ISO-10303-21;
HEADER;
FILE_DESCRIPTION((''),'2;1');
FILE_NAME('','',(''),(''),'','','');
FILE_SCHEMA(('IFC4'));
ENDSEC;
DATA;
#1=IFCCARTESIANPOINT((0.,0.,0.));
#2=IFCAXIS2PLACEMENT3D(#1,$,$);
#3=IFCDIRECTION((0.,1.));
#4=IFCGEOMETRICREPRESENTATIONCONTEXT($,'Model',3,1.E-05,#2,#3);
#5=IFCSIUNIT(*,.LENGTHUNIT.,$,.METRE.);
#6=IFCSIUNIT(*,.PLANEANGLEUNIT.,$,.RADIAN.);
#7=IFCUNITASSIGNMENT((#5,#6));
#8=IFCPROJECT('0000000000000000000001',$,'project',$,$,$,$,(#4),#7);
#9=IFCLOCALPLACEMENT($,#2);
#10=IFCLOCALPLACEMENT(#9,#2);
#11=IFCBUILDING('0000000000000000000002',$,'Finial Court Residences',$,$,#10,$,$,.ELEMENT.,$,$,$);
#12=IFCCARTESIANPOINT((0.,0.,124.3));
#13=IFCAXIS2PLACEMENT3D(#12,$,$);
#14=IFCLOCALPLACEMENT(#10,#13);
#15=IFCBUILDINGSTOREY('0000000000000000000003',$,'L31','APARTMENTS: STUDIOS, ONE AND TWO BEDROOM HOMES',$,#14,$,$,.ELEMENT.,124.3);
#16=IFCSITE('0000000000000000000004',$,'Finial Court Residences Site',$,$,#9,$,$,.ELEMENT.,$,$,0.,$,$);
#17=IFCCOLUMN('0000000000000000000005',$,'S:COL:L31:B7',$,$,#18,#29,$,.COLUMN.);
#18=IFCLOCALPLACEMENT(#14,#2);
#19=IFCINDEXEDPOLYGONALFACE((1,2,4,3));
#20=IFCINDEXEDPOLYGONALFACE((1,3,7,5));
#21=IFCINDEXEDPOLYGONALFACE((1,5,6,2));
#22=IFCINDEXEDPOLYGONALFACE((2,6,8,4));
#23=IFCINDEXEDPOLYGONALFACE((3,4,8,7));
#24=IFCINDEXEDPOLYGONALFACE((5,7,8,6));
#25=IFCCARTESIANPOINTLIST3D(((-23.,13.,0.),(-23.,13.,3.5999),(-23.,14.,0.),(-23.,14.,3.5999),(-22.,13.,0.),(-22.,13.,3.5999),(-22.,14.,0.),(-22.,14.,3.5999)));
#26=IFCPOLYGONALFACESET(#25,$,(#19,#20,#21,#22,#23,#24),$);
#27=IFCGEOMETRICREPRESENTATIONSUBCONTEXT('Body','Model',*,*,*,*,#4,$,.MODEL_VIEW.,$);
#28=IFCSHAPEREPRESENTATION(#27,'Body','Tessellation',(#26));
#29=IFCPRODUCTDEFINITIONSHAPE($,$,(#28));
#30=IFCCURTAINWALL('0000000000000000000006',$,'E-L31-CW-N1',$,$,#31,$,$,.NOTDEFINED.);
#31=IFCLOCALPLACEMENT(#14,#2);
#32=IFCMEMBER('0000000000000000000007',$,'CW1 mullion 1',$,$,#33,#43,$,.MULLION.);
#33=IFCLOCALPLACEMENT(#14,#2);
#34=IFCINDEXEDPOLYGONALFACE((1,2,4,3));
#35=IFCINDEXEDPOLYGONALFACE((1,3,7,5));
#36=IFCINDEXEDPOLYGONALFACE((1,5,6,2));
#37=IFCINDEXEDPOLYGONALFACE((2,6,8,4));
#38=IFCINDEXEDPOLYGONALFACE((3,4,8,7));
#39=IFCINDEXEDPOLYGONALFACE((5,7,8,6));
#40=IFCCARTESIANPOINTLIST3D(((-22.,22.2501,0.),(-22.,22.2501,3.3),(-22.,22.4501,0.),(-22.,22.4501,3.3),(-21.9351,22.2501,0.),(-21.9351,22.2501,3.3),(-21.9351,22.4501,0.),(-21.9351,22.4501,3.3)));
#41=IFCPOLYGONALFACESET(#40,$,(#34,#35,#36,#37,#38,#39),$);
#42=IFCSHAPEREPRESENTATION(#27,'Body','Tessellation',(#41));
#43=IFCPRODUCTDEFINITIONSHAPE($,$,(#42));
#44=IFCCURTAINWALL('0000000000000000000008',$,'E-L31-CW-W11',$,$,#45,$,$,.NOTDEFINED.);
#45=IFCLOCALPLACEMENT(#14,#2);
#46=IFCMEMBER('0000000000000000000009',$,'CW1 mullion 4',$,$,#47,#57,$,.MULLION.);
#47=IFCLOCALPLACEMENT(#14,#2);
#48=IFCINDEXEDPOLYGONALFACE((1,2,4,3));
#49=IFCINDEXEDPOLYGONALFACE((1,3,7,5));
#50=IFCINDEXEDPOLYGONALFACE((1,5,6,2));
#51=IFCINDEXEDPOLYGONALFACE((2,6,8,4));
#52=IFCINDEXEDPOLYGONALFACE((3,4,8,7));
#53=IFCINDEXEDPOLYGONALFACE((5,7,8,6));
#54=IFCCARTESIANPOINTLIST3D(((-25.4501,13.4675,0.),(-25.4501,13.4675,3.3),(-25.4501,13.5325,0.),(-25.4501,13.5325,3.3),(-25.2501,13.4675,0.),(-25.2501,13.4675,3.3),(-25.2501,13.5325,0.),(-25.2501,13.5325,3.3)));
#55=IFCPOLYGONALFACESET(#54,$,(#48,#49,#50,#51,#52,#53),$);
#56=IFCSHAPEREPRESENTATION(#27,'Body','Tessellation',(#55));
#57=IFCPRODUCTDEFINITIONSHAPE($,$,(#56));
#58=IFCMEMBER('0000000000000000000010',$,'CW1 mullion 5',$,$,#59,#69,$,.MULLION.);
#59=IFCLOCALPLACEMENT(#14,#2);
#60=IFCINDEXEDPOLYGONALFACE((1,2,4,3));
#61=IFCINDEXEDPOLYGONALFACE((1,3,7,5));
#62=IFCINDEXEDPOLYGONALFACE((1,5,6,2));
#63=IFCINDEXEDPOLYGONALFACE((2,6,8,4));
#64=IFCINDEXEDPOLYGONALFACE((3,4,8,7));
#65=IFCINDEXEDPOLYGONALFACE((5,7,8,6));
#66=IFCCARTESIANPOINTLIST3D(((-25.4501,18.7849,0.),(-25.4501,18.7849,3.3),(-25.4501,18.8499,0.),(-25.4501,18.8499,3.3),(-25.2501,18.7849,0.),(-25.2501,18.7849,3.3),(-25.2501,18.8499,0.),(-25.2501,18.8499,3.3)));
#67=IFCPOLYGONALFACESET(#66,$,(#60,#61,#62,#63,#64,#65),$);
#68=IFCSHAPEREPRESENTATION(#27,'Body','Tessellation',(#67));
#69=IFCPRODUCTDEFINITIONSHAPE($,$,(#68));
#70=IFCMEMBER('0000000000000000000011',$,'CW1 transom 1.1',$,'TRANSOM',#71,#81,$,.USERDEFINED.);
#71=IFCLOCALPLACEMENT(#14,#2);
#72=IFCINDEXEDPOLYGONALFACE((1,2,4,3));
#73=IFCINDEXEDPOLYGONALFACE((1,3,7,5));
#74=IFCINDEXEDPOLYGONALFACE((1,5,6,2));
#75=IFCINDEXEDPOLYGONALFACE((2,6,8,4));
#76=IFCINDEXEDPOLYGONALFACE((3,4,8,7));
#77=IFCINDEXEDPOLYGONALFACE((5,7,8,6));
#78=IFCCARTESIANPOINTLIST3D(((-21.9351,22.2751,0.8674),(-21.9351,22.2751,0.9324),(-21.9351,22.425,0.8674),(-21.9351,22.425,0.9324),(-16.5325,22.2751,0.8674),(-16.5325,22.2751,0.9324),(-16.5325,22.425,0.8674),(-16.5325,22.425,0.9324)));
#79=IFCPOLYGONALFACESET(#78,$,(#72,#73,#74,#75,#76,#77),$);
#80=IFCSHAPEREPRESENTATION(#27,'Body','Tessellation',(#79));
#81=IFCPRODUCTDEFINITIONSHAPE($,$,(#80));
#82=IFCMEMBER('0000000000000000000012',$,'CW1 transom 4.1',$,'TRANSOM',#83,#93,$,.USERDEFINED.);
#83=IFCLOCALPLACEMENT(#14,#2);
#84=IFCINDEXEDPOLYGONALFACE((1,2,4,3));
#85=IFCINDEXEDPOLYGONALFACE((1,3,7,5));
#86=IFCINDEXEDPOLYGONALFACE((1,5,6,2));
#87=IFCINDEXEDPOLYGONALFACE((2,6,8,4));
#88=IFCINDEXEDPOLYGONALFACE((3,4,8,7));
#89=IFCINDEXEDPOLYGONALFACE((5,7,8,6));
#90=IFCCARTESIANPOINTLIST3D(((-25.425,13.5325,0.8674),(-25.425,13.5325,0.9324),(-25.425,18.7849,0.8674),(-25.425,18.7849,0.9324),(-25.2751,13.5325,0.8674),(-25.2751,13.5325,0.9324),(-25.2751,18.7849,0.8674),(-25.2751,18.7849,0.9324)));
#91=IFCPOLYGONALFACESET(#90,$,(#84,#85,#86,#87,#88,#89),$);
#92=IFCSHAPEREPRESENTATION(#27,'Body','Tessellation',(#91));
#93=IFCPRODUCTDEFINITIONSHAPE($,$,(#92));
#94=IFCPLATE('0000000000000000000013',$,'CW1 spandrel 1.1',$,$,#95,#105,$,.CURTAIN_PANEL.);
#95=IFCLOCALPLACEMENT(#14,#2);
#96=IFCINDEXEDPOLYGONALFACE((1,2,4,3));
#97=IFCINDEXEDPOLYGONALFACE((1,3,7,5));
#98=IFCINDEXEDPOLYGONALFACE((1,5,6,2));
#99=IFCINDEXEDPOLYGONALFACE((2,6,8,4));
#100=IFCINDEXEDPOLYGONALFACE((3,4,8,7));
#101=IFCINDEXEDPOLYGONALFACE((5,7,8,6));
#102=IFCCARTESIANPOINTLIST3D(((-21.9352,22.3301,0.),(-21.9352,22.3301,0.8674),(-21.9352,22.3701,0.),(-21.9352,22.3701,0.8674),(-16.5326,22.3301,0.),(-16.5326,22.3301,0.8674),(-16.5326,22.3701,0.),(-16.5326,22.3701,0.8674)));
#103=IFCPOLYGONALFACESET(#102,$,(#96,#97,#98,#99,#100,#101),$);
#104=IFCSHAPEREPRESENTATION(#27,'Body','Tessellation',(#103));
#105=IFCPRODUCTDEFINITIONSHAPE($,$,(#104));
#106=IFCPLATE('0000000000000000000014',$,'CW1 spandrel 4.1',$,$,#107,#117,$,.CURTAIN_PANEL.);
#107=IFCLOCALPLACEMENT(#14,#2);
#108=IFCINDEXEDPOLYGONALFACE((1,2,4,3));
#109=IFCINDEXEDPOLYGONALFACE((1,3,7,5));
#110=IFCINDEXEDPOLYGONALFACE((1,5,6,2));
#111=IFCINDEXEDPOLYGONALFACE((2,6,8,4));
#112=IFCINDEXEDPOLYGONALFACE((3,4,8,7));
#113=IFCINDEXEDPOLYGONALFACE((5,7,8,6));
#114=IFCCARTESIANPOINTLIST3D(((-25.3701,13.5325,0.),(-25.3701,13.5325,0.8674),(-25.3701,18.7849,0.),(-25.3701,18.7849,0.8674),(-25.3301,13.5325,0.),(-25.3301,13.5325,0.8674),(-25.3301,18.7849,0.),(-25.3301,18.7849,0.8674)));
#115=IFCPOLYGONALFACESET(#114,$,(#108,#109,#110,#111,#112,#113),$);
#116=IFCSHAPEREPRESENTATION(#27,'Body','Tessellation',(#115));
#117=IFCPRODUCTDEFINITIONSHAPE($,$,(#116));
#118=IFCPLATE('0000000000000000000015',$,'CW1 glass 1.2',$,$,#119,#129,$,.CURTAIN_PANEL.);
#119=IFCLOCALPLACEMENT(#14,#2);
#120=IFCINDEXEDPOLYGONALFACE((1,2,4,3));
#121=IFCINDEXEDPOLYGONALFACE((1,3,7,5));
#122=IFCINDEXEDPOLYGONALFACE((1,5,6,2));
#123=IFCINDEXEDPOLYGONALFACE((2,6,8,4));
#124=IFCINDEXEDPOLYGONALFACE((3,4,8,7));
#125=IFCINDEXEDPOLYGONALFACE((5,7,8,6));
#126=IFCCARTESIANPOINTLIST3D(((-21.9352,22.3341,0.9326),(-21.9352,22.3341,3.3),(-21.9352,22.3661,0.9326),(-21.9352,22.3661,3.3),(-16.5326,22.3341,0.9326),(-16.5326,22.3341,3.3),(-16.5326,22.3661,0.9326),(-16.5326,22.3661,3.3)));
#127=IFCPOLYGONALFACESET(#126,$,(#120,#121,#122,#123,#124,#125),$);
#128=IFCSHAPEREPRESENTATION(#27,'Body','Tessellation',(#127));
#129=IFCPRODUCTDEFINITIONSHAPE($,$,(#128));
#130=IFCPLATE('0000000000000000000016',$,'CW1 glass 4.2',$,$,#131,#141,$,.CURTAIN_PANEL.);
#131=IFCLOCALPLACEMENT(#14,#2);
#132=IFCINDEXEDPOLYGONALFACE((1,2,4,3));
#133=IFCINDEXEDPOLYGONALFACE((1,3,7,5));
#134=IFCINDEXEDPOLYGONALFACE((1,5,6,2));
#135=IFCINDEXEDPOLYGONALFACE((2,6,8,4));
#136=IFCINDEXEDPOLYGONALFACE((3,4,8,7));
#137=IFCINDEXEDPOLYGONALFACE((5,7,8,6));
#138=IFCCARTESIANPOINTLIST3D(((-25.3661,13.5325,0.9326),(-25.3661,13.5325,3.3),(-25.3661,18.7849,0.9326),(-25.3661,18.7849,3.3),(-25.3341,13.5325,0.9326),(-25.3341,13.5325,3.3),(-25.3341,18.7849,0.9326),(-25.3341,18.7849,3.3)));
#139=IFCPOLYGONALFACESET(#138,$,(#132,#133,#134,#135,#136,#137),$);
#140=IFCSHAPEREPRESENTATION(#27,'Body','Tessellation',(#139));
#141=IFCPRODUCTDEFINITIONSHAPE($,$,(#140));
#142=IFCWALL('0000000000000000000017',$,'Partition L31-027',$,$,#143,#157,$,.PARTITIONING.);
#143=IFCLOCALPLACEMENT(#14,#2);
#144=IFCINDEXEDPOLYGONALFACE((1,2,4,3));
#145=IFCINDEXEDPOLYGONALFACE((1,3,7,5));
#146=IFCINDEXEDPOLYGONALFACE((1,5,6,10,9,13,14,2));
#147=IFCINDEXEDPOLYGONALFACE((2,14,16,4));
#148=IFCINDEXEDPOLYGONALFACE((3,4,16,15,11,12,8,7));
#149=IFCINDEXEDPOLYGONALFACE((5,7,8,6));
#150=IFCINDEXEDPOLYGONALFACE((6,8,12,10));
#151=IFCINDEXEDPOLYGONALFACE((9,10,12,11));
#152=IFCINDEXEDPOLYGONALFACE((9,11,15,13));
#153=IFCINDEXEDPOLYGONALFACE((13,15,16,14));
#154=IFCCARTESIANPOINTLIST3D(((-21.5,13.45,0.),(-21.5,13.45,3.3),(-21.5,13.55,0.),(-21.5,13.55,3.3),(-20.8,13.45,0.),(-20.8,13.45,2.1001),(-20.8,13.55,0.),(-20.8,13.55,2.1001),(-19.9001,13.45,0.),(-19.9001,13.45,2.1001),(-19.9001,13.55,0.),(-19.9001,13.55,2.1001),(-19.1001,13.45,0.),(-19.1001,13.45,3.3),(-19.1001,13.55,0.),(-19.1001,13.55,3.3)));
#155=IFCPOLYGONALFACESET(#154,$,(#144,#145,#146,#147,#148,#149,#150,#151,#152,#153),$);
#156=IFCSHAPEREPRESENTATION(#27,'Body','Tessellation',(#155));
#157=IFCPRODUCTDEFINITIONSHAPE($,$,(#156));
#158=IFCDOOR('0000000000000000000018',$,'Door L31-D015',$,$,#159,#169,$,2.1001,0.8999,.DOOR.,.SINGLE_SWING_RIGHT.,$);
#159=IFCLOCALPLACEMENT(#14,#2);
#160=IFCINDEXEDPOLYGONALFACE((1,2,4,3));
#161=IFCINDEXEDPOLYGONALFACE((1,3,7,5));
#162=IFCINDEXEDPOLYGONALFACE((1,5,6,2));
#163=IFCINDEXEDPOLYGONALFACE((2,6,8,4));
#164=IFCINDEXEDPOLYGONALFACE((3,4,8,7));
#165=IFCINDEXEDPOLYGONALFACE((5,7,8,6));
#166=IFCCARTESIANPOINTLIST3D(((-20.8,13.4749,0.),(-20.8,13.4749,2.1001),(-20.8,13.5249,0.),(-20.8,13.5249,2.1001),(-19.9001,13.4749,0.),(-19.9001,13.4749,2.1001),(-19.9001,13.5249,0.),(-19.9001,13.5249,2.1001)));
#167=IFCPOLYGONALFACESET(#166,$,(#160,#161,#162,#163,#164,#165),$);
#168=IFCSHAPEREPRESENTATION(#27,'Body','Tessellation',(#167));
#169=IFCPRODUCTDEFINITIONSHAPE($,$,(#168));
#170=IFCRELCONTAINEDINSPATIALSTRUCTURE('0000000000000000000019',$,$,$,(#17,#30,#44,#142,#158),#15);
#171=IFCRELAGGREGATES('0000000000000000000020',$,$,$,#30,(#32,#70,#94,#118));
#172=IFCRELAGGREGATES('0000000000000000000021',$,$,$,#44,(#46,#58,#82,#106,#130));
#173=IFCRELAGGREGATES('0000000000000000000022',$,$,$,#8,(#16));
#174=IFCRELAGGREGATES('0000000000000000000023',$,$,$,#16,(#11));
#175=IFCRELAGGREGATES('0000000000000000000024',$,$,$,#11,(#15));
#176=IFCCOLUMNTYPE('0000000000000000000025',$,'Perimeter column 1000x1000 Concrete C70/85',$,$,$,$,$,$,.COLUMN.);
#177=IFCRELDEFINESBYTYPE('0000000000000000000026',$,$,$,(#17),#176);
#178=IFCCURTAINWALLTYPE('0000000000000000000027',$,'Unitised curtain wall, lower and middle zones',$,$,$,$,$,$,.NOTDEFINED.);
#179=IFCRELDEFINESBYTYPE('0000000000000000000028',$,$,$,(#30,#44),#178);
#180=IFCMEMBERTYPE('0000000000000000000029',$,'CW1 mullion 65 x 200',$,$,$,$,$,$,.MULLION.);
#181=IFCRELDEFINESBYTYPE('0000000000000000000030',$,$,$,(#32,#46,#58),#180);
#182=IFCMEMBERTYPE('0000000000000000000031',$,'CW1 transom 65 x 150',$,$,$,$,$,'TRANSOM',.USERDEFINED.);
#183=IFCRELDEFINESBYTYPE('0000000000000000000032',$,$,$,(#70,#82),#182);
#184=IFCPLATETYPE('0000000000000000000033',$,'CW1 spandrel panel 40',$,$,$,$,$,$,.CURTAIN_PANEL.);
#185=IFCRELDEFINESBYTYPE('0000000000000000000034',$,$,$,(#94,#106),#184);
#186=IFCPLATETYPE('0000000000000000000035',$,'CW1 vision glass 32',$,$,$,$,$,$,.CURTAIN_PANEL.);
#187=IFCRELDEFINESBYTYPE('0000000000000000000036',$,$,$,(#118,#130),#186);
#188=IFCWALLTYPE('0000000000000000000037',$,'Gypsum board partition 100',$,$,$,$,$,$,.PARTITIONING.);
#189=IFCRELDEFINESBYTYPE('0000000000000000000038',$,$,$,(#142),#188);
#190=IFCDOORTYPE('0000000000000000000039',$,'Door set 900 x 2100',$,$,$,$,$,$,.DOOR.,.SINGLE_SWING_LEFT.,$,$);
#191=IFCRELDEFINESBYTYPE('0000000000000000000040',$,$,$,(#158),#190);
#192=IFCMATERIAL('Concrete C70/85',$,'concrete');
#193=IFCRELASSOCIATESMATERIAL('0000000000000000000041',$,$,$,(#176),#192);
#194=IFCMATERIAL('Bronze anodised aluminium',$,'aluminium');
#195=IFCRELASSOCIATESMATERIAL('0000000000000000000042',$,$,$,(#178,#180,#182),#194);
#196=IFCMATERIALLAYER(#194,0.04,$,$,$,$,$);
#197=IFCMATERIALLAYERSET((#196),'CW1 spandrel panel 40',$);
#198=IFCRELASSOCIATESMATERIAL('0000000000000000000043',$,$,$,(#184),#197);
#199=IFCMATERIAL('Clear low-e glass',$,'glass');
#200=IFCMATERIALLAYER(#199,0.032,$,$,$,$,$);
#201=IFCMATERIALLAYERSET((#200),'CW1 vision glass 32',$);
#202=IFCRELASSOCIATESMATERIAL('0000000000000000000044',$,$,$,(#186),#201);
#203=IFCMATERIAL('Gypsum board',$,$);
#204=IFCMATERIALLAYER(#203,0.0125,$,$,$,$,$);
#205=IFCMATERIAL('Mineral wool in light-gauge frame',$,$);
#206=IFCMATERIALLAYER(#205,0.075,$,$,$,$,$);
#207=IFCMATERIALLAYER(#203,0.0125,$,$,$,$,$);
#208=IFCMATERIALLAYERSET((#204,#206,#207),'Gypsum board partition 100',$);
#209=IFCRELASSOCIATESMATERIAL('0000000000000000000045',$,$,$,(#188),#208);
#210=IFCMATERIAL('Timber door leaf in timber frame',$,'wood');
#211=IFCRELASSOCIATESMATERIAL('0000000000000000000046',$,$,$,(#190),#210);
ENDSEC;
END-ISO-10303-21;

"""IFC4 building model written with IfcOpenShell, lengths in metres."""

from ifc_helpers import new_model, si_unit, direction, frame, frame_2d, origin, origin_2d, place, context, subcontext, project, spatial, rectangle, extrude, material, layer, layer_set, material_profile, profile_set, type_object, element, fill, aggregate, save


model = new_model("IFC4")

# Units and contexts
model_context = context("Model", 3, precision=1e-05, world=origin(), true_north=direction((0.0, 1.0)))
body_context = subcontext(model_context, "Body", "Model", "MODEL_VIEW")
ifc_project = project(units=[si_unit("LENGTHUNIT", "METRE"), si_unit("PLANEANGLEUNIT", "RADIAN")], contexts=[model_context])

# Site, building, storey
site_placement = place(None, origin())
site = spatial("IfcSite", under=ifc_project, at=site_placement, Name="Finial Court Residences Site", CompositionType="ELEMENT", RefElevation=0.0)
building_placement = place(site_placement, origin())
building = spatial("IfcBuilding", under=site, at=building_placement, Name="Finial Court Residences", CompositionType="ELEMENT")
storey_placement = place(building_placement, frame((0.0, 0.0, 124.3)))
storey = spatial("IfcBuildingStorey", under=building, at=storey_placement, Name="L31", Description="APARTMENTS: STUDIOS, ONE AND TWO BEDROOM HOMES", CompositionType="ELEMENT", Elevation=124.3)

# Column
ifc_material_1 = material(Name="Concrete C70/85", Category="concrete")
ifc_material_profile_1 = material_profile(ifc_material_1, rectangle(XDim=1.0, YDim=1.0, at=origin_2d()), Name="1000x1000")
ifc_profile_set_1 = profile_set([ifc_material_profile_1], Name="Concrete C70/85")
column_type = type_object("IfcColumnType", Name="Perimeter column 1000x1000 Concrete C70/85", PredefinedType="COLUMN", material=ifc_profile_set_1)
column_placement = place(storey_placement, frame((-22.5, 13.5, 0.0), z_axis=(0.0, 0.0, 1.0), x_axis=(1.0, 0.0, 0.0)))
element("IfcColumn", 1, at=column_placement, inside=storey, type_object=column_type, Name="S:COL:L31:B7", PredefinedType="COLUMN", context=body_context, shape_type="SweptSolid", body=[
    extrude(rectangle(XDim=1.0, YDim=1.0, at=origin_2d()), origin(), (0.0, 0.0, 1.0), 3.5999),
])

# Curtain wall, member
ifc_material_2 = material(Name="Bronze anodised aluminium", Category="aluminium")
curtain_wall_type = type_object("IfcCurtainWallType", Name="Unitised curtain wall, lower and middle zones", PredefinedType="NOTDEFINED", material=ifc_material_2)
curtain_wall_1_placement = place(storey_placement, origin())
curtain_wall_1 = element("IfcCurtainWall", 2, at=curtain_wall_1_placement, inside=storey, type_object=curtain_wall_type, Name="E-L31-CW-N1", PredefinedType="NOTDEFINED")
ifc_material_profile_2 = material_profile(ifc_material_2, rectangle(XDim=0.2, YDim=0.0649, at=origin_2d()), Name="CW1 mullion 65 x 200")
ifc_profile_set_2 = profile_set([ifc_material_profile_2], Name="Bronze anodised aluminium")
member_type_1 = type_object("IfcMemberType", Name="CW1 mullion 65 x 200", PredefinedType="MULLION", material=ifc_profile_set_2)
member_1_placement = place(storey_placement, frame((-21.9675, 22.3501, 0.0), z_axis=(0.0, 0.0, 1.0), x_axis=(0.0, 1.0, 0.0)))
member_1 = element("IfcMember", 3, at=member_1_placement, type_object=member_type_1, Name="CW1 mullion 1", PredefinedType="MULLION", context=body_context, shape_type="SweptSolid", body=[
    extrude(rectangle(XDim=0.2, YDim=0.0649, at=origin_2d()), origin(), (0.0, 0.0, 1.0), 3.3),
])

# Curtain wall, members
curtain_wall_2_placement = place(storey_placement, origin())
curtain_wall_2 = element("IfcCurtainWall", 4, at=curtain_wall_2_placement, inside=storey, type_object=curtain_wall_type, Name="E-L31-CW-W11", PredefinedType="NOTDEFINED")
member_2_placement = place(storey_placement, frame((-25.3501, 13.5, 0.0), z_axis=(0.0, 0.0, 1.0), x_axis=(-1.0, 0.0, 0.0)))
member_2 = element("IfcMember", 5, at=member_2_placement, type_object=member_type_1, Name="CW1 mullion 4", PredefinedType="MULLION", context=body_context, shape_type="SweptSolid", body=[
    extrude(rectangle(XDim=0.2, YDim=0.0649, at=origin_2d()), origin(), (0.0, 0.0, 1.0), 3.3),
])
member_3_placement = place(storey_placement, frame((-25.3501, 18.8174, 0.0), z_axis=(0.0, 0.0, 1.0), x_axis=(-1.0, 0.0, 0.0)))
member_3 = element("IfcMember", 6, at=member_3_placement, type_object=member_type_1, Name="CW1 mullion 5", PredefinedType="MULLION", context=body_context, shape_type="SweptSolid", body=[
    extrude(rectangle(XDim=0.2, YDim=0.0649, at=origin_2d()), origin(), (0.0, 0.0, 1.0), 3.3),
])

# Members
ifc_material_profile_3 = material_profile(ifc_material_2, rectangle(XDim=0.1499, YDim=0.0649, at=origin_2d()), Name="CW1 transom 65 x 150")
ifc_profile_set_3 = profile_set([ifc_material_profile_3], Name="Bronze anodised aluminium")
member_type_2 = type_object("IfcMemberType", Name="CW1 transom 65 x 150", ElementType="TRANSOM", PredefinedType="USERDEFINED", material=ifc_profile_set_3)
member_4_placement = place(storey_placement, frame((-21.9351, 22.3501, 0.8999), z_axis=(1.0, 0.0, 0.0), x_axis=(0.0, 1.0, 0.0)))
member_4 = element("IfcMember", 7, at=member_4_placement, type_object=member_type_2, Name="CW1 transom 1.1", ObjectType="TRANSOM", PredefinedType="USERDEFINED", context=body_context, shape_type="SweptSolid", body=[
    extrude(rectangle(XDim=0.1499, YDim=0.0649, at=origin_2d()), origin(), (0.0, 0.0, 1.0), 5.4026),
])
member_5_placement = place(storey_placement, frame((-25.3501, 13.5325, 0.8999), z_axis=(0.0, 1.0, 0.0), x_axis=(-1.0, 0.0, 0.0)))
member_5 = element("IfcMember", 8, at=member_5_placement, type_object=member_type_2, Name="CW1 transom 4.1", ObjectType="TRANSOM", PredefinedType="USERDEFINED", context=body_context, shape_type="SweptSolid", body=[
    extrude(rectangle(XDim=0.1499, YDim=0.0649, at=origin_2d()), origin(), (0.0, 0.0, 1.0), 5.2524),
])

# Plates
ifc_layer_1 = layer(ifc_material_2, 0.04)
ifc_layer_set_1 = layer_set([ifc_layer_1], Name="CW1 spandrel panel 40")
plate_type_1 = type_object("IfcPlateType", Name="CW1 spandrel panel 40", PredefinedType="CURTAIN_PANEL", material=ifc_layer_set_1)
plate_1_placement = place(storey_placement, frame((-19.2339, 22.3501, 0.0), z_axis=(0.0, 0.0, 1.0), x_axis=(1.0, 0.0, 0.0)))
plate_1 = element("IfcPlate", 9, at=plate_1_placement, type_object=plate_type_1, Name="CW1 spandrel 1.1", PredefinedType="CURTAIN_PANEL", context=body_context, shape_type="SweptSolid", body=[
    extrude(rectangle(XDim=5.4026, YDim=0.04, at=origin_2d()), origin(), (0.0, 0.0, 1.0), 0.8674),
])
plate_2_placement = place(storey_placement, frame((-25.3501, 16.1587, 0.0), z_axis=(0.0, 0.0, 1.0), x_axis=(0.0, 1.0, 0.0)))
plate_2 = element("IfcPlate", 10, at=plate_2_placement, type_object=plate_type_1, Name="CW1 spandrel 4.1", PredefinedType="CURTAIN_PANEL", context=body_context, shape_type="SweptSolid", body=[
    extrude(rectangle(XDim=5.2524, YDim=0.04, at=origin_2d()), origin(), (0.0, 0.0, 1.0), 0.8674),
])
ifc_material_3 = material(Name="Clear low-e glass", Category="glass")
ifc_layer_2 = layer(ifc_material_3, 0.032)
ifc_layer_set_2 = layer_set([ifc_layer_2], Name="CW1 vision glass 32")
plate_type_2 = type_object("IfcPlateType", Name="CW1 vision glass 32", PredefinedType="CURTAIN_PANEL", material=ifc_layer_set_2)
plate_3_placement = place(storey_placement, frame((-19.2339, 22.3501, 0.9326), z_axis=(0.0, 0.0, 1.0), x_axis=(1.0, 0.0, 0.0)))
plate_3 = element("IfcPlate", 11, at=plate_3_placement, type_object=plate_type_2, Name="CW1 glass 1.2", PredefinedType="CURTAIN_PANEL", context=body_context, shape_type="SweptSolid", body=[
    extrude(rectangle(XDim=5.4026, YDim=0.032, at=origin_2d()), origin(), (0.0, 0.0, 1.0), 2.3674),
])
aggregate(curtain_wall_1, [member_1, member_4, plate_1, plate_3])
plate_4_placement = place(storey_placement, frame((-25.3501, 16.1587, 0.9326), z_axis=(0.0, 0.0, 1.0), x_axis=(0.0, 1.0, 0.0)))
plate_4 = element("IfcPlate", 12, at=plate_4_placement, type_object=plate_type_2, Name="CW1 glass 4.2", PredefinedType="CURTAIN_PANEL", context=body_context, shape_type="SweptSolid", body=[
    extrude(rectangle(XDim=5.2524, YDim=0.032, at=origin_2d()), origin(), (0.0, 0.0, 1.0), 2.3674),
])
aggregate(curtain_wall_2, [member_2, member_3, member_5, plate_2, plate_4])

# Wall, opening, door
ifc_material_4 = material(Name="Gypsum board")
ifc_layer_3 = layer(ifc_material_4, 0.0125)
ifc_material_5 = material(Name="Mineral wool in light-gauge frame")
ifc_layer_4 = layer(ifc_material_5, 0.075)
ifc_layer_5 = layer(ifc_material_4, 0.0125)
ifc_layer_set_3 = layer_set([ifc_layer_3, ifc_layer_4, ifc_layer_5], Name="Gypsum board partition 100")
wall_type_1 = type_object("IfcWallType", Name="Gypsum board partition 100", PredefinedType="PARTITIONING", material=ifc_layer_set_3)
wall_1_placement = place(storey_placement, frame((-21.5, 13.5, 0.0), z_axis=(0.0, 0.0, 1.0), x_axis=(1.0, 0.0, 0.0)))
wall_1 = element("IfcWall", 13, at=wall_1_placement, inside=storey, type_object=wall_type_1, Name="Partition L31-027", PredefinedType="PARTITIONING", context=body_context, shape_type="SweptSolid", body=[
    extrude(rectangle(XDim=2.3999, YDim=0.1001, at=frame_2d((1.2, 0.0))), origin(), (0.0, 0.0, 1.0), 3.3),
])
opening_1_placement = place(wall_1_placement, frame((0.7, 0.0, 0.0)))
opening_1 = element("IfcOpeningElement", 14, at=opening_1_placement, cuts=wall_1, PredefinedType="OPENING", context=body_context, shape_type="SweptSolid", body=[
    extrude(rectangle(XDim=0.8999, YDim=2.1001, at=frame_2d((0.45, 1.05))), frame((0.0, 0.0601, 0.0), z_axis=(0.0, -1.0, 0.0), x_axis=(1.0, 0.0, 0.0)), (0.0, 0.0, 1.0), 0.1201),
])
ifc_material_6 = material(Name="Timber door leaf in timber frame", Category="wood")
door_type = type_object("IfcDoorType", Name="Door set 900 x 2100", OperationType="SINGLE_SWING_LEFT", PredefinedType="DOOR", material=ifc_material_6)
door_1_placement = place(opening_1_placement, origin())
door_1 = element("IfcDoor", 15, at=door_1_placement, inside=storey, type_object=door_type, Name="Door L31-D015", OperationType="SINGLE_SWING_RIGHT", OverallHeight=2.1001, OverallWidth=0.8999, PredefinedType="DOOR", context=body_context, shape_type="SweptSolid", body=[
    extrude(rectangle(XDim=0.8999, YDim=2.1001, at=frame_2d((0.45, 1.05))), frame((0.0, 0.0249, 0.0), z_axis=(0.0, -1.0, 0.0), x_axis=(1.0, 0.0, 0.0)), (0.0, 0.0, 1.0), 0.05),
])
fill(opening_1, door_1)

save(model, "model.ifc")
